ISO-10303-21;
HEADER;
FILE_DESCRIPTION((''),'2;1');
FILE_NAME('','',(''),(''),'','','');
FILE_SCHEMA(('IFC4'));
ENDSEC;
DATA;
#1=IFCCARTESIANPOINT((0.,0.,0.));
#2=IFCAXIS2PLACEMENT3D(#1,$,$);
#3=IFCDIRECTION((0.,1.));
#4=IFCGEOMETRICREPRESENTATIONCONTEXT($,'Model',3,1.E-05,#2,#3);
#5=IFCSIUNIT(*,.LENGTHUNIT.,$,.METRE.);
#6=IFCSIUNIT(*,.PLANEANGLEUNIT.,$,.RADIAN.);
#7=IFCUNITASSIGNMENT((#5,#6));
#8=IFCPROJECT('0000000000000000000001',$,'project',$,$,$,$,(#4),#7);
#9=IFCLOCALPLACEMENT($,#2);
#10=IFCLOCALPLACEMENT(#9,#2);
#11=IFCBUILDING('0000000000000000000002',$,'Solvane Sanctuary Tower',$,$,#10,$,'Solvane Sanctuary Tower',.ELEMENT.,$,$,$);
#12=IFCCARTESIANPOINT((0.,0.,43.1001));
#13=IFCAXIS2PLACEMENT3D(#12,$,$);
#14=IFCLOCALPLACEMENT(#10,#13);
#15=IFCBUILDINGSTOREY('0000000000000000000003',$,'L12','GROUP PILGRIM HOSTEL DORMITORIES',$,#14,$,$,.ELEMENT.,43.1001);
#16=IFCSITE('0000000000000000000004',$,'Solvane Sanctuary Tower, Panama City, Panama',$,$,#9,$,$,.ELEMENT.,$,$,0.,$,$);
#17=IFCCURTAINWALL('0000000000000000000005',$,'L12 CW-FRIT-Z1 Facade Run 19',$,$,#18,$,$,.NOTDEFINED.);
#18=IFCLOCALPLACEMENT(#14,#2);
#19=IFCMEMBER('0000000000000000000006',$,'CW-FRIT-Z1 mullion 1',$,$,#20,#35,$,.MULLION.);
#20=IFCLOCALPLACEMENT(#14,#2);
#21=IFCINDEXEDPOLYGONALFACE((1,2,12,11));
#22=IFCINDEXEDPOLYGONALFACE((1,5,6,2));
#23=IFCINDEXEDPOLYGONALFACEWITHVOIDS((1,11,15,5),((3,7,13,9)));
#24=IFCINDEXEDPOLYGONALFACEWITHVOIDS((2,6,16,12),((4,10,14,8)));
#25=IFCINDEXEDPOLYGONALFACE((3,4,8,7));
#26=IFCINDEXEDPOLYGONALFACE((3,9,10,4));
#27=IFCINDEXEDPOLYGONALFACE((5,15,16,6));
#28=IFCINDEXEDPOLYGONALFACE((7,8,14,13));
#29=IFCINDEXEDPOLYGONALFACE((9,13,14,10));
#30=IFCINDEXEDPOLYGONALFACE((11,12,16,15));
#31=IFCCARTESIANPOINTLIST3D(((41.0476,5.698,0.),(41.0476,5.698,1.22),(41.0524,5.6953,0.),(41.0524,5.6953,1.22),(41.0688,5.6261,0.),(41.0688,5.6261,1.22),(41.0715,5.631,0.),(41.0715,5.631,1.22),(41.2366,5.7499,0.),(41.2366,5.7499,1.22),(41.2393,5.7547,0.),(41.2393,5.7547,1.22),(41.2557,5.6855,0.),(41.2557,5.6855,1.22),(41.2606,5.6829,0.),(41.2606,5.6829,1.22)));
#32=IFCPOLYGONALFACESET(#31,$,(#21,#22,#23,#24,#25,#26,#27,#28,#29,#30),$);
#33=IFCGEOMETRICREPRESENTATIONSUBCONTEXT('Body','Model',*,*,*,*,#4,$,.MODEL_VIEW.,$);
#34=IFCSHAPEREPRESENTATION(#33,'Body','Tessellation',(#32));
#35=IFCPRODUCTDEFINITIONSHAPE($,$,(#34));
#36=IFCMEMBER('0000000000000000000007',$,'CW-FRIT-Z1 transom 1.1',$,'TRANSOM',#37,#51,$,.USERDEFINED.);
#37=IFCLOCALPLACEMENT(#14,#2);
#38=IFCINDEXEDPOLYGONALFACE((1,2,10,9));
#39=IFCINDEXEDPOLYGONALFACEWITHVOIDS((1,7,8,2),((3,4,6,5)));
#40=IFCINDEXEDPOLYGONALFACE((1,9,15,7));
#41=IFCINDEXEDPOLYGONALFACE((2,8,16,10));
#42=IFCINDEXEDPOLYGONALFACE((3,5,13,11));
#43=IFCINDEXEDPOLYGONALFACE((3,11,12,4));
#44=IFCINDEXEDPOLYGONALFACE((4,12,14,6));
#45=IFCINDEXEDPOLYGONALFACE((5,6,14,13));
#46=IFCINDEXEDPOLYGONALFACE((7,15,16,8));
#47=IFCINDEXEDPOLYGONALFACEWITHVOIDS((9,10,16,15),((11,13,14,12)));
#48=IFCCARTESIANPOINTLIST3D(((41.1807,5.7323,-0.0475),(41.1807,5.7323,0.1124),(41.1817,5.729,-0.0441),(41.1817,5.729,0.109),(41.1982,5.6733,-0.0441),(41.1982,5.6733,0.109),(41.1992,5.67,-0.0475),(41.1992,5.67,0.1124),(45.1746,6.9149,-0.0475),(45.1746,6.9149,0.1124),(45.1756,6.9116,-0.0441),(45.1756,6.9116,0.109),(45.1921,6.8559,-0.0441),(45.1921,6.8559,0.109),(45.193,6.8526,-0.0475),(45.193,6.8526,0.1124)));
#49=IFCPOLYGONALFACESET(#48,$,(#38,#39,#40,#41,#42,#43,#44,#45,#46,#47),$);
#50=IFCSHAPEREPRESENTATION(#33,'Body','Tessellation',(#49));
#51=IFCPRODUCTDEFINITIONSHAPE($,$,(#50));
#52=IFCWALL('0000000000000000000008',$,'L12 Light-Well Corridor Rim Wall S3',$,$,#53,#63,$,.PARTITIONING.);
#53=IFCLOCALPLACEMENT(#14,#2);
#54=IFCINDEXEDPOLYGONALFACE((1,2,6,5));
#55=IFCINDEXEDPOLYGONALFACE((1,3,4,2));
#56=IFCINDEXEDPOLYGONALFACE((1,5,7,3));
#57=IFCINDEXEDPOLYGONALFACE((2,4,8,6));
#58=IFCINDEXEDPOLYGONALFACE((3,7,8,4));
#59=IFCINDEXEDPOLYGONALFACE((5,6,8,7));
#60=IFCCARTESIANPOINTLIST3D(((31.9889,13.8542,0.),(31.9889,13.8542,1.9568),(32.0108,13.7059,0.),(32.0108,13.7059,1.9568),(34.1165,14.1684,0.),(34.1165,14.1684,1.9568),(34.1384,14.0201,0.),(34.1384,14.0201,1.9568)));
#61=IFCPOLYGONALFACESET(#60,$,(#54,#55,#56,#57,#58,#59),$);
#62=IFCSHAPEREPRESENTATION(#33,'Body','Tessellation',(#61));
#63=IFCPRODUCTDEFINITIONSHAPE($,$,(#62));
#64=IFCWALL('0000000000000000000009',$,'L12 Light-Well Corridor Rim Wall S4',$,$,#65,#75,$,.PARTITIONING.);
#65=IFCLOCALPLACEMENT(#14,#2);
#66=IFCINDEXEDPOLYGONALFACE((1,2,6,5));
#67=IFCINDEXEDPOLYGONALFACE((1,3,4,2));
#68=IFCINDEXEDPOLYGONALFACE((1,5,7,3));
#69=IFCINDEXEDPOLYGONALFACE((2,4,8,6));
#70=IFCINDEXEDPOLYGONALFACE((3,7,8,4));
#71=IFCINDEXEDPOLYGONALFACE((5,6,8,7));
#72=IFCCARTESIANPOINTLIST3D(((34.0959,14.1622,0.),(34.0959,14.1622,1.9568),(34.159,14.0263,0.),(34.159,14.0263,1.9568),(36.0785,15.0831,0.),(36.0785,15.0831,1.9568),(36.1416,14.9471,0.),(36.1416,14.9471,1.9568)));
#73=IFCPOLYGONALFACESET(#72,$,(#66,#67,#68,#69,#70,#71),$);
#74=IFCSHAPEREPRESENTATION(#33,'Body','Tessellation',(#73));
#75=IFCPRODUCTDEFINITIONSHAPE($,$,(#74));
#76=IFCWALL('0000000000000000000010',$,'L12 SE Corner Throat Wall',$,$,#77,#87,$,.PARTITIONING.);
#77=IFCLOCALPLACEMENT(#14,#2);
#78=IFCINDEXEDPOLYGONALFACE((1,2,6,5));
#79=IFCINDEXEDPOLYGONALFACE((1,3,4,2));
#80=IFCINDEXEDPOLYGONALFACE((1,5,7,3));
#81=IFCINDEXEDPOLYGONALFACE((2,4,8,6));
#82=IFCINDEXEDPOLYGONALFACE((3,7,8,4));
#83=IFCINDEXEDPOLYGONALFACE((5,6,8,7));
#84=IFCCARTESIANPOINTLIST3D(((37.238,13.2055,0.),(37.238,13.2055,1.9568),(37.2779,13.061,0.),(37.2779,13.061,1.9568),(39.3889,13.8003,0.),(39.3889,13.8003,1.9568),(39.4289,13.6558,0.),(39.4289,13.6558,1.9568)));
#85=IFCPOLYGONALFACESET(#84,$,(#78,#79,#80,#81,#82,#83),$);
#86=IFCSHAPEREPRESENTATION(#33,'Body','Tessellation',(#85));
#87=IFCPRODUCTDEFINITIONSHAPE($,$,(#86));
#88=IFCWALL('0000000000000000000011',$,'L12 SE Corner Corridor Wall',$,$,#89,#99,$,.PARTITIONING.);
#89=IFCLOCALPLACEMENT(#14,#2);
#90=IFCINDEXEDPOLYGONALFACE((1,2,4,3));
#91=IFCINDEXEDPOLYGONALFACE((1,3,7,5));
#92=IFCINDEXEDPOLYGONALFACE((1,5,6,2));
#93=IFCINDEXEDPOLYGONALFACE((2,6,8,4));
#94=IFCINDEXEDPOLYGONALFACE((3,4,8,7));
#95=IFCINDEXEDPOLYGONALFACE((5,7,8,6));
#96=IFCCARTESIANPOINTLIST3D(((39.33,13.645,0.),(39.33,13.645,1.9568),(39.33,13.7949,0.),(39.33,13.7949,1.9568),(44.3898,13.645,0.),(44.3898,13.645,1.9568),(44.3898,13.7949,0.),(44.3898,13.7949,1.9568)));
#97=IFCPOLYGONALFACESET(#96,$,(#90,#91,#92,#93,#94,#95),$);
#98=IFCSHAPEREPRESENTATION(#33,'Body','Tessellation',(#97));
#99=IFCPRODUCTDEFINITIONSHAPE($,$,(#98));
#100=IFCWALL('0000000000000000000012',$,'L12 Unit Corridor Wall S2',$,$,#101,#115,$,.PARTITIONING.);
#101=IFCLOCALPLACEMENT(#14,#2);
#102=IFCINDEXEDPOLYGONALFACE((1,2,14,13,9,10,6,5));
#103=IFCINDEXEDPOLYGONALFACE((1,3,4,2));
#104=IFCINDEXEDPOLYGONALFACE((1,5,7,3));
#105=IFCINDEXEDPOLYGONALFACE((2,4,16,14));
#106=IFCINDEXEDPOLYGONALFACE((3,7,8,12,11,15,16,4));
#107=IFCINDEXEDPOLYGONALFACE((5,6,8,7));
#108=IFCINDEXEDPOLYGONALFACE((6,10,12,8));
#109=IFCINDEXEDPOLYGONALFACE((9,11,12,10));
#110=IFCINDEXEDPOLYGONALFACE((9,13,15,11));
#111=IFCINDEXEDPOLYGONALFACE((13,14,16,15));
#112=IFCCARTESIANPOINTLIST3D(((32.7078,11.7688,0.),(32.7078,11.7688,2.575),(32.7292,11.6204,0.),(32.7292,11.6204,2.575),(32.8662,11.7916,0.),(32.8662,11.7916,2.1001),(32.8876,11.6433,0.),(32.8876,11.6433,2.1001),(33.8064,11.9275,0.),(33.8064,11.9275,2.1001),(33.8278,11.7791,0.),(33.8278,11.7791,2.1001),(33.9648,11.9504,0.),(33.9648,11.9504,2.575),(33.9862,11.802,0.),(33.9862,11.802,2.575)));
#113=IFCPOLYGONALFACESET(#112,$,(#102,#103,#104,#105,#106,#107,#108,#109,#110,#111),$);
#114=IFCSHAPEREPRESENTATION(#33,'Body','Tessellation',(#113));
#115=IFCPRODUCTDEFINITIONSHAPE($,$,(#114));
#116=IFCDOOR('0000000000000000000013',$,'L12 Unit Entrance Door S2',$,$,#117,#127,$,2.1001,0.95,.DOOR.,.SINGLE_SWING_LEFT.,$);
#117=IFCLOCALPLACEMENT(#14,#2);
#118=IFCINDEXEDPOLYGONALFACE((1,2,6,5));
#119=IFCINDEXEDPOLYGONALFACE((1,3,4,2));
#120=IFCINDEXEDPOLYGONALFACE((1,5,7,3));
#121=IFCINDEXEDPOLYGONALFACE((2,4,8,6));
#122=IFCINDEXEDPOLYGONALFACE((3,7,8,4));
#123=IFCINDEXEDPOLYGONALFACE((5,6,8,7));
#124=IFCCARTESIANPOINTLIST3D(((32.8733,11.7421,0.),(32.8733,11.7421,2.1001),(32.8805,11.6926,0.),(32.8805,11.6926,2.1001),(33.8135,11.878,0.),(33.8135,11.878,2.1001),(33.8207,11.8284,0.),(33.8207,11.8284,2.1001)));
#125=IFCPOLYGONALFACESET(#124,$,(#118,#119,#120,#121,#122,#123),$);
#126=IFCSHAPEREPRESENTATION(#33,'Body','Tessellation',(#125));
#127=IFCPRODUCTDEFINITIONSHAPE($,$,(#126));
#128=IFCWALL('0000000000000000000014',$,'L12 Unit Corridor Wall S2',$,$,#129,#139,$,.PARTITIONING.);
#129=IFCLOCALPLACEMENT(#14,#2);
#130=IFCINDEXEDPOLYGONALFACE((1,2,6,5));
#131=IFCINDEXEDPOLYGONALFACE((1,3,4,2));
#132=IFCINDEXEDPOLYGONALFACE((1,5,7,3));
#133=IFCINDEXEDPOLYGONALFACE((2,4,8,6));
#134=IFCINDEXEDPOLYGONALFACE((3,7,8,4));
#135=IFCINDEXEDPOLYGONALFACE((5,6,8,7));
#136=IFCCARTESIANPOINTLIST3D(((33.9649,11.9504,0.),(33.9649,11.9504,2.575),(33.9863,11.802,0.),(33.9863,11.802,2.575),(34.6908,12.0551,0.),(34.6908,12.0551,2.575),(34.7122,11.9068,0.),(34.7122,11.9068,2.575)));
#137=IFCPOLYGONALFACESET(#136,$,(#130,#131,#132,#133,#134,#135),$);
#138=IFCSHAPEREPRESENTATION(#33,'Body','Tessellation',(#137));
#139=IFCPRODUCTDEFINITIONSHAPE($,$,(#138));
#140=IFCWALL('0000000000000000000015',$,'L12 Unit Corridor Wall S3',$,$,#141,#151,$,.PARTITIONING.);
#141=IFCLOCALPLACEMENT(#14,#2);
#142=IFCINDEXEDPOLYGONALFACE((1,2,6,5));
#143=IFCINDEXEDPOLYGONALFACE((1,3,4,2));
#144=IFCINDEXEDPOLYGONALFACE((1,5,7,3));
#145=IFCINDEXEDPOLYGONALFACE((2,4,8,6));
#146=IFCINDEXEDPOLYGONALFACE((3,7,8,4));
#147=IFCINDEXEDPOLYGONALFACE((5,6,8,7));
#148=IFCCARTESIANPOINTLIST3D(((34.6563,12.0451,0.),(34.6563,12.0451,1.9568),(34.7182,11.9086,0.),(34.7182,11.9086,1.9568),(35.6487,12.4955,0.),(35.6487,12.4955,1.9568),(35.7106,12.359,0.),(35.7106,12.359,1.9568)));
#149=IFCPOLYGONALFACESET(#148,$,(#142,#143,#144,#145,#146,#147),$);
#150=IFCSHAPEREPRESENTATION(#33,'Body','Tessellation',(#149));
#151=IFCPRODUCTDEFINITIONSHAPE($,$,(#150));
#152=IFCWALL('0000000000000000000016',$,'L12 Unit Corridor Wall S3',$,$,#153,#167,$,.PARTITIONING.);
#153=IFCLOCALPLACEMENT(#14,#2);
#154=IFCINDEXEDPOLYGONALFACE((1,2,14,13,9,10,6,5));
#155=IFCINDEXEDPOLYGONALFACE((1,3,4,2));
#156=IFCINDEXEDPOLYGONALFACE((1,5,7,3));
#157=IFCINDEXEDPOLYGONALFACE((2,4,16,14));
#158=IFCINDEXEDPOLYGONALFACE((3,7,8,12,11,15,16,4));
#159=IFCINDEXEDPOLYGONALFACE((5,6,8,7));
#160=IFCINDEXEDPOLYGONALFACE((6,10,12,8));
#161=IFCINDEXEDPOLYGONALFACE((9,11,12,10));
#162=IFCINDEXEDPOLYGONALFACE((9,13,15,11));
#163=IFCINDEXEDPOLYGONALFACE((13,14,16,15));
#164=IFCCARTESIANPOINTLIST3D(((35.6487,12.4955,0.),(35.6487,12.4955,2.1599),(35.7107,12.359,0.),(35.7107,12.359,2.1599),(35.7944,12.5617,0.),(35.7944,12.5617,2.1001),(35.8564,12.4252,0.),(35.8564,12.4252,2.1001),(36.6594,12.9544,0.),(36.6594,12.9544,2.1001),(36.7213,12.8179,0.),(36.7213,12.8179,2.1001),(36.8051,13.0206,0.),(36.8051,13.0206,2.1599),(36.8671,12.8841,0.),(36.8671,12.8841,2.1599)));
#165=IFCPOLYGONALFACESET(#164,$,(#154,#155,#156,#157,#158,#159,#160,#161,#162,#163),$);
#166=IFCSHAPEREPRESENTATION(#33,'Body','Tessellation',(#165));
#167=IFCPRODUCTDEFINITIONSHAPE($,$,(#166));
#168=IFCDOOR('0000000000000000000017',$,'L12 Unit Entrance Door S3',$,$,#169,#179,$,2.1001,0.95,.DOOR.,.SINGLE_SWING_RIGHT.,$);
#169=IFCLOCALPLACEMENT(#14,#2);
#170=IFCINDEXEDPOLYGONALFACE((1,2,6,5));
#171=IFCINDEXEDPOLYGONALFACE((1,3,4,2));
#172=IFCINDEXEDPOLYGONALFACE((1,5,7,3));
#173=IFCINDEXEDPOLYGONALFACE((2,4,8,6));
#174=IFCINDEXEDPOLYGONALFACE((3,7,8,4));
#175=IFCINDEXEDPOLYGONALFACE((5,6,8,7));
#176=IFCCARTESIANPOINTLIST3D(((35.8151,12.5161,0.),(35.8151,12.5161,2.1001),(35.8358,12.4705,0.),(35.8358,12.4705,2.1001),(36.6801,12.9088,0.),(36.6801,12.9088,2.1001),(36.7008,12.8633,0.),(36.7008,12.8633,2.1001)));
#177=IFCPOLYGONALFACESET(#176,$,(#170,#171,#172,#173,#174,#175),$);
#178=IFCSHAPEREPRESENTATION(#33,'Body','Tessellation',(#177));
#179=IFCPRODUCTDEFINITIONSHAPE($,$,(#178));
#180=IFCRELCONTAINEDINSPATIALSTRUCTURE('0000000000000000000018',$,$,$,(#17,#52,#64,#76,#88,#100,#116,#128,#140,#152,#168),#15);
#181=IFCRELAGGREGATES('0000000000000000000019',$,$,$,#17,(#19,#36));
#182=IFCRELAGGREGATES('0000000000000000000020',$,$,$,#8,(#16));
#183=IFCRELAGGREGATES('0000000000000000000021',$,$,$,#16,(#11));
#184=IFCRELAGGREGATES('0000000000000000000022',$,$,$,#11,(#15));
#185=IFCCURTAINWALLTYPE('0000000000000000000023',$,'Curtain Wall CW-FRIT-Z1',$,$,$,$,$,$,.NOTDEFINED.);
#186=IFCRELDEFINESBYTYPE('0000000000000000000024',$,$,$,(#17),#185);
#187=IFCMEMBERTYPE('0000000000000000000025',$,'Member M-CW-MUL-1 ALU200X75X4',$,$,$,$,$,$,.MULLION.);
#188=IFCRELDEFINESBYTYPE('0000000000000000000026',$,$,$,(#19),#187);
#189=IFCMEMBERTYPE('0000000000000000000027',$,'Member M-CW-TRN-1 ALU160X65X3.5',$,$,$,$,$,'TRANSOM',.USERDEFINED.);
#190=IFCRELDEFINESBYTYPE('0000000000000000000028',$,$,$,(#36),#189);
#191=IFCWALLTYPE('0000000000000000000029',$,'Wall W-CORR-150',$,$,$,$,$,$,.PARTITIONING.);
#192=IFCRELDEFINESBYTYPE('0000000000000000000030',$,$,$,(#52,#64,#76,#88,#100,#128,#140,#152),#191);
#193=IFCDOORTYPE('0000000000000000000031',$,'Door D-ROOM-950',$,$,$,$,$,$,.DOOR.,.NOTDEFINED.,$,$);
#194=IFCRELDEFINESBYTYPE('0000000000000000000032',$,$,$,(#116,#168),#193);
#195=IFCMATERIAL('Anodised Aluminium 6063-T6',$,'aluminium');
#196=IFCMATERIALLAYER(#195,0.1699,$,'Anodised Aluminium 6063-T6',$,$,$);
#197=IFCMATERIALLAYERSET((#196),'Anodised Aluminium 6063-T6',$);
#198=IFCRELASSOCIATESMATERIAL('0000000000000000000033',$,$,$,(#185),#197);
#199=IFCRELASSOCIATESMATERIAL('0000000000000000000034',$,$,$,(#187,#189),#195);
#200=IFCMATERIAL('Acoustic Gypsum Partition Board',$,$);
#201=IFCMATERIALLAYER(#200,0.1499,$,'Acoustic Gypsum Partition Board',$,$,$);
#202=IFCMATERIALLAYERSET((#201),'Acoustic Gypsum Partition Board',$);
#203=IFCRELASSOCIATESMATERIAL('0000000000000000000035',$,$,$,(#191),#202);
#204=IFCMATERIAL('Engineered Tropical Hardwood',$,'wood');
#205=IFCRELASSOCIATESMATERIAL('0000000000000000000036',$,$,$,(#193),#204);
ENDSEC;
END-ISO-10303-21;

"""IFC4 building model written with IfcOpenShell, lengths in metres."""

from ifc_helpers import new_model, si_unit, direction, frame, frame_2d, origin, origin_2d, place, context, subcontext, project, spatial, rectangle, hollow_rectangle, extrude, material, layer, layer_set, material_profile, profile_set, type_object, element, fill, aggregate, save


model = new_model("IFC4")

# Units and contexts
model_context = context("Model", 3, precision=1e-05, world=origin(), true_north=direction((0.0, 1.0)))
body_context = subcontext(model_context, "Body", "Model", "MODEL_VIEW")
ifc_project = project(units=[si_unit("LENGTHUNIT", "METRE"), si_unit("PLANEANGLEUNIT", "RADIAN")], contexts=[model_context])

# Site, building, storey
site_placement = place(None, origin())
site = spatial("IfcSite", under=ifc_project, at=site_placement, Name="Solvane Sanctuary Tower, Panama City, Panama", CompositionType="ELEMENT", RefElevation=0.0)
building_placement = place(site_placement, origin())
building = spatial("IfcBuilding", under=site, at=building_placement, Name="Solvane Sanctuary Tower", LongName="Solvane Sanctuary Tower", CompositionType="ELEMENT")
storey_placement = place(building_placement, frame((0.0, 0.0, 43.1001)))
storey = spatial("IfcBuildingStorey", under=building, at=storey_placement, Name="L12", Description="GROUP PILGRIM HOSTEL DORMITORIES", CompositionType="ELEMENT", Elevation=43.1001)

# Curtain wall, members
ifc_material_1 = material(Name="Anodised Aluminium 6063-T6", Category="aluminium")
ifc_layer_1 = layer(ifc_material_1, 0.1699, Name="Anodised Aluminium 6063-T6")
ifc_layer_set_1 = layer_set([ifc_layer_1], Name="Anodised Aluminium 6063-T6")
curtain_wall_type = type_object("IfcCurtainWallType", Name="Curtain Wall CW-FRIT-Z1", PredefinedType="NOTDEFINED", material=ifc_layer_set_1)
curtain_wall_placement = place(storey_placement, origin())
curtain_wall = element("IfcCurtainWall", 1, at=curtain_wall_placement, inside=storey, type_object=curtain_wall_type, Name="L12 CW-FRIT-Z1 Facade Run 19", PredefinedType="NOTDEFINED")
ifc_material_profile_1 = material_profile(ifc_material_1, hollow_rectangle(XDim=0.075, YDim=0.2, WallThickness=0.0039, at=origin_2d()), Name="ALU200X75X4")
ifc_profile_set_1 = profile_set([ifc_material_profile_1], Name="Anodised Aluminium 6063-T6")
member_type_1 = type_object("IfcMemberType", Name="Member M-CW-MUL-1 ALU200X75X4", PredefinedType="MULLION", material=ifc_profile_set_1)
member_1_placement = place(storey_placement, frame((41.1541, 5.6904, 0.0), z_axis=(0.0, 0.0, 1.0), x_axis=(-0.283936, 0.958843, 0.0)))
member_1 = element("IfcMember", 2, at=member_1_placement, type_object=member_type_1, Name="CW-FRIT-Z1 mullion 1", PredefinedType="MULLION", context=body_context, shape_type="SweptSolid", body=[
    extrude(hollow_rectangle(XDim=0.075, YDim=0.2, WallThickness=0.0039, at=origin_2d()), origin(), (0.0, 0.0, 1.0), 1.22),
])
ifc_material_profile_2 = material_profile(ifc_material_1, hollow_rectangle(XDim=0.0649, YDim=0.1599, WallThickness=0.0034, at=origin_2d()), Name="ALU160X65X3.5")
ifc_profile_set_2 = profile_set([ifc_material_profile_2], Name="Anodised Aluminium 6063-T6")
member_type_2 = type_object("IfcMemberType", Name="Member M-CW-TRN-1 ALU160X65X3.5", ElementType="TRANSOM", PredefinedType="USERDEFINED", material=ifc_profile_set_2)
member_2_placement = place(storey_placement, frame((41.1899, 5.7012, 0.0325), z_axis=(0.958848, 0.283921, 0.0), x_axis=(-0.283921, 0.958848, 0.0)))
member_2 = element("IfcMember", 3, at=member_2_placement, type_object=member_type_2, Name="CW-FRIT-Z1 transom 1.1", ObjectType="TRANSOM", PredefinedType="USERDEFINED", context=body_context, shape_type="SweptSolid", body=[
    extrude(hollow_rectangle(XDim=0.0649, YDim=0.1599, WallThickness=0.0034, at=origin_2d()), origin(), (0.0, 0.0, 1.0), 4.1653),
])
aggregate(curtain_wall, [member_1, member_2])

# Walls
ifc_material_2 = material(Name="Acoustic Gypsum Partition Board")
ifc_layer_2 = layer(ifc_material_2, 0.1499, Name="Acoustic Gypsum Partition Board")
ifc_layer_set_2 = layer_set([ifc_layer_2], Name="Acoustic Gypsum Partition Board")
wall_type_1 = type_object("IfcWallType", Name="Wall W-CORR-150", PredefinedType="PARTITIONING", material=ifc_layer_set_2)
wall_1_placement = place(storey_placement, frame((32.0, 13.78, 0.0), z_axis=(0.0, 0.0, 1.0), x_axis=(0.989269, 0.146108, 0.0)))
element("IfcWall", 4, at=wall_1_placement, inside=storey, type_object=wall_type_1, Name="L12 Light-Well Corridor Rim Wall S3", PredefinedType="PARTITIONING", context=body_context, shape_type="SweptSolid", body=[
    extrude(rectangle(XDim=2.1506, YDim=0.1499, at=frame_2d((1.0752, 0.0))), origin(), (0.0, 0.0, 1.0), 1.9568),
])
wall_2_placement = place(storey_placement, frame((34.1274, 14.0942, 0.0), z_axis=(0.0, 0.0, 1.0), x_axis=(0.906943, 0.421252, 0.0)))
element("IfcWall", 5, at=wall_2_placement, inside=storey, type_object=wall_type_1, Name="L12 Light-Well Corridor Rim Wall S4", PredefinedType="PARTITIONING", context=body_context, shape_type="SweptSolid", body=[
    extrude(rectangle(XDim=2.186, YDim=0.1499, at=frame_2d((1.093, 0.0))), origin(), (0.0, 0.0, 1.0), 1.9568),
])
wall_3_placement = place(storey_placement, frame((37.2581, 13.1333, 0.0), z_axis=(0.0, 0.0, 1.0), x_axis=(0.963834, 0.266504, 0.0)))
element("IfcWall", 6, at=wall_3_placement, inside=storey, type_object=wall_type_1, Name="L12 SE Corner Throat Wall", PredefinedType="PARTITIONING", context=body_context, shape_type="SweptSolid", body=[
    extrude(rectangle(XDim=2.2317, YDim=0.1499, at=frame_2d((1.1157, 0.0))), origin(), (0.0, 0.0, 1.0), 1.9568),
])
wall_4_placement = place(storey_placement, frame((39.3301, 13.72, 0.0), z_axis=(0.0, 0.0, 1.0), x_axis=(1.0, 0.0, 0.0)))
element("IfcWall", 7, at=wall_4_placement, inside=storey, type_object=wall_type_1, Name="L12 SE Corner Corridor Wall", PredefinedType="PARTITIONING", context=body_context, shape_type="SweptSolid", body=[
    extrude(rectangle(XDim=5.0598, YDim=0.1499, at=frame_2d((2.5298, 0.0))), origin(), (0.0, 0.0, 1.0), 1.9568),
])

# Wall, opening, door
wall_5_placement = place(storey_placement, frame((32.7185, 11.6946, 0.0), z_axis=(0.0, 0.0, 1.0), x_axis=(0.989721, 0.143009, 0.0)))
wall_5 = element("IfcWall", 8, at=wall_5_placement, inside=storey, type_object=wall_type_1, Name="L12 Unit Corridor Wall S2", PredefinedType="PARTITIONING", context=body_context, shape_type="SweptSolid", body=[
    extrude(rectangle(XDim=1.27, YDim=0.1499, at=frame_2d((0.635, 0.0))), origin(), (0.0, 0.0, 1.0), 2.575),
])
opening_1_placement = place(wall_5_placement, frame((0.1599, 0.0, 0.0)))
opening_1 = element("IfcOpeningElement", 9, at=opening_1_placement, cuts=wall_5, PredefinedType="OPENING", context=body_context, shape_type="SweptSolid", body=[
    extrude(rectangle(XDim=0.95, YDim=2.1001, at=frame_2d((0.4751, 1.05))), frame((0.0, 0.085, 0.0), z_axis=(0.0, -1.0, 0.0), x_axis=(1.0, 0.0, 0.0)), (0.0, 0.0, 1.0), 0.1699),
])
ifc_material_3 = material(Name="Engineered Tropical Hardwood", Category="wood")
door_type = type_object("IfcDoorType", Name="Door D-ROOM-950", OperationType="NOTDEFINED", PredefinedType="DOOR", material=ifc_material_3)
door_1_placement = place(opening_1_placement, origin())
door_1 = element("IfcDoor", 10, at=door_1_placement, inside=storey, type_object=door_type, Name="L12 Unit Entrance Door S2", OperationType="SINGLE_SWING_LEFT", OverallHeight=2.1001, OverallWidth=0.95, PredefinedType="DOOR", context=body_context, shape_type="SweptSolid", body=[
    extrude(rectangle(XDim=0.95, YDim=2.1001, at=frame_2d((0.4751, 1.05))), frame((0.0, 0.0249, 0.0), z_axis=(0.0, -1.0, 0.0), x_axis=(1.0, 0.0, 0.0)), (0.0, 0.0, 1.0), 0.05),
])
fill(opening_1, door_1)

# Walls
wall_6_placement = place(storey_placement, frame((33.9756, 11.8762, 0.0), z_axis=(0.0, 0.0, 1.0), x_axis=(0.989749, 0.142819, 0.0)))
element("IfcWall", 11, at=wall_6_placement, inside=storey, type_object=wall_type_1, Name="L12 Unit Corridor Wall S2", PredefinedType="PARTITIONING", context=body_context, shape_type="SweptSolid", body=[
    extrude(rectangle(XDim=0.7334, YDim=0.1499, at=frame_2d((0.3667, 0.0))), origin(), (0.0, 0.0, 1.0), 2.575),
])
wall_7_placement = place(storey_placement, frame((34.6873, 11.9768, 0.0), z_axis=(0.0, 0.0, 1.0), x_axis=(0.910596, 0.413297, 0.0)))
element("IfcWall", 12, at=wall_7_placement, inside=storey, type_object=wall_type_1, Name="L12 Unit Corridor Wall S3", PredefinedType="PARTITIONING", context=body_context, shape_type="SweptSolid", body=[
    extrude(rectangle(XDim=1.0898, YDim=0.1499, at=frame_2d((0.5449, 0.0))), origin(), (0.0, 0.0, 1.0), 1.9568),
])

# Wall, opening, door
wall_8_placement = place(storey_placement, frame((35.6797, 12.4272, 0.0), z_axis=(0.0, 0.0, 1.0), x_axis=(0.910524, 0.413455, 0.0)))
wall_8 = element("IfcWall", 13, at=wall_8_placement, inside=storey, type_object=wall_type_1, Name="L12 Unit Corridor Wall S3", PredefinedType="PARTITIONING", context=body_context, shape_type="SweptSolid", body=[
    extrude(rectangle(XDim=1.27, YDim=0.1499, at=frame_2d((0.635, 0.0))), origin(), (0.0, 0.0, 1.0), 2.1599),
])
opening_2_placement = place(wall_8_placement, frame((0.1599, 0.0, 0.0)))
opening_2 = element("IfcOpeningElement", 14, at=opening_2_placement, cuts=wall_8, PredefinedType="OPENING", context=body_context, shape_type="SweptSolid", body=[
    extrude(rectangle(XDim=0.95, YDim=2.1001, at=frame_2d((0.4751, 1.05))), frame((0.0, 0.085, 0.0), z_axis=(0.0, -1.0, 0.0), x_axis=(1.0, 0.0, 0.0)), (0.0, 0.0, 1.0), 0.1699),
])
door_2_placement = place(opening_2_placement, origin())
door_2 = element("IfcDoor", 15, at=door_2_placement, inside=storey, type_object=door_type, Name="L12 Unit Entrance Door S3", OperationType="SINGLE_SWING_RIGHT", OverallHeight=2.1001, OverallWidth=0.95, PredefinedType="DOOR", context=body_context, shape_type="SweptSolid", body=[
    extrude(rectangle(XDim=0.95, YDim=2.1001, at=frame_2d((0.4751, 1.05))), frame((0.0, 0.0249, 0.0), z_axis=(0.0, -1.0, 0.0), x_axis=(1.0, 0.0, 0.0)), (0.0, 0.0, 1.0), 0.05),
])
fill(opening_2, door_2)

save(model, "model.ifc")
